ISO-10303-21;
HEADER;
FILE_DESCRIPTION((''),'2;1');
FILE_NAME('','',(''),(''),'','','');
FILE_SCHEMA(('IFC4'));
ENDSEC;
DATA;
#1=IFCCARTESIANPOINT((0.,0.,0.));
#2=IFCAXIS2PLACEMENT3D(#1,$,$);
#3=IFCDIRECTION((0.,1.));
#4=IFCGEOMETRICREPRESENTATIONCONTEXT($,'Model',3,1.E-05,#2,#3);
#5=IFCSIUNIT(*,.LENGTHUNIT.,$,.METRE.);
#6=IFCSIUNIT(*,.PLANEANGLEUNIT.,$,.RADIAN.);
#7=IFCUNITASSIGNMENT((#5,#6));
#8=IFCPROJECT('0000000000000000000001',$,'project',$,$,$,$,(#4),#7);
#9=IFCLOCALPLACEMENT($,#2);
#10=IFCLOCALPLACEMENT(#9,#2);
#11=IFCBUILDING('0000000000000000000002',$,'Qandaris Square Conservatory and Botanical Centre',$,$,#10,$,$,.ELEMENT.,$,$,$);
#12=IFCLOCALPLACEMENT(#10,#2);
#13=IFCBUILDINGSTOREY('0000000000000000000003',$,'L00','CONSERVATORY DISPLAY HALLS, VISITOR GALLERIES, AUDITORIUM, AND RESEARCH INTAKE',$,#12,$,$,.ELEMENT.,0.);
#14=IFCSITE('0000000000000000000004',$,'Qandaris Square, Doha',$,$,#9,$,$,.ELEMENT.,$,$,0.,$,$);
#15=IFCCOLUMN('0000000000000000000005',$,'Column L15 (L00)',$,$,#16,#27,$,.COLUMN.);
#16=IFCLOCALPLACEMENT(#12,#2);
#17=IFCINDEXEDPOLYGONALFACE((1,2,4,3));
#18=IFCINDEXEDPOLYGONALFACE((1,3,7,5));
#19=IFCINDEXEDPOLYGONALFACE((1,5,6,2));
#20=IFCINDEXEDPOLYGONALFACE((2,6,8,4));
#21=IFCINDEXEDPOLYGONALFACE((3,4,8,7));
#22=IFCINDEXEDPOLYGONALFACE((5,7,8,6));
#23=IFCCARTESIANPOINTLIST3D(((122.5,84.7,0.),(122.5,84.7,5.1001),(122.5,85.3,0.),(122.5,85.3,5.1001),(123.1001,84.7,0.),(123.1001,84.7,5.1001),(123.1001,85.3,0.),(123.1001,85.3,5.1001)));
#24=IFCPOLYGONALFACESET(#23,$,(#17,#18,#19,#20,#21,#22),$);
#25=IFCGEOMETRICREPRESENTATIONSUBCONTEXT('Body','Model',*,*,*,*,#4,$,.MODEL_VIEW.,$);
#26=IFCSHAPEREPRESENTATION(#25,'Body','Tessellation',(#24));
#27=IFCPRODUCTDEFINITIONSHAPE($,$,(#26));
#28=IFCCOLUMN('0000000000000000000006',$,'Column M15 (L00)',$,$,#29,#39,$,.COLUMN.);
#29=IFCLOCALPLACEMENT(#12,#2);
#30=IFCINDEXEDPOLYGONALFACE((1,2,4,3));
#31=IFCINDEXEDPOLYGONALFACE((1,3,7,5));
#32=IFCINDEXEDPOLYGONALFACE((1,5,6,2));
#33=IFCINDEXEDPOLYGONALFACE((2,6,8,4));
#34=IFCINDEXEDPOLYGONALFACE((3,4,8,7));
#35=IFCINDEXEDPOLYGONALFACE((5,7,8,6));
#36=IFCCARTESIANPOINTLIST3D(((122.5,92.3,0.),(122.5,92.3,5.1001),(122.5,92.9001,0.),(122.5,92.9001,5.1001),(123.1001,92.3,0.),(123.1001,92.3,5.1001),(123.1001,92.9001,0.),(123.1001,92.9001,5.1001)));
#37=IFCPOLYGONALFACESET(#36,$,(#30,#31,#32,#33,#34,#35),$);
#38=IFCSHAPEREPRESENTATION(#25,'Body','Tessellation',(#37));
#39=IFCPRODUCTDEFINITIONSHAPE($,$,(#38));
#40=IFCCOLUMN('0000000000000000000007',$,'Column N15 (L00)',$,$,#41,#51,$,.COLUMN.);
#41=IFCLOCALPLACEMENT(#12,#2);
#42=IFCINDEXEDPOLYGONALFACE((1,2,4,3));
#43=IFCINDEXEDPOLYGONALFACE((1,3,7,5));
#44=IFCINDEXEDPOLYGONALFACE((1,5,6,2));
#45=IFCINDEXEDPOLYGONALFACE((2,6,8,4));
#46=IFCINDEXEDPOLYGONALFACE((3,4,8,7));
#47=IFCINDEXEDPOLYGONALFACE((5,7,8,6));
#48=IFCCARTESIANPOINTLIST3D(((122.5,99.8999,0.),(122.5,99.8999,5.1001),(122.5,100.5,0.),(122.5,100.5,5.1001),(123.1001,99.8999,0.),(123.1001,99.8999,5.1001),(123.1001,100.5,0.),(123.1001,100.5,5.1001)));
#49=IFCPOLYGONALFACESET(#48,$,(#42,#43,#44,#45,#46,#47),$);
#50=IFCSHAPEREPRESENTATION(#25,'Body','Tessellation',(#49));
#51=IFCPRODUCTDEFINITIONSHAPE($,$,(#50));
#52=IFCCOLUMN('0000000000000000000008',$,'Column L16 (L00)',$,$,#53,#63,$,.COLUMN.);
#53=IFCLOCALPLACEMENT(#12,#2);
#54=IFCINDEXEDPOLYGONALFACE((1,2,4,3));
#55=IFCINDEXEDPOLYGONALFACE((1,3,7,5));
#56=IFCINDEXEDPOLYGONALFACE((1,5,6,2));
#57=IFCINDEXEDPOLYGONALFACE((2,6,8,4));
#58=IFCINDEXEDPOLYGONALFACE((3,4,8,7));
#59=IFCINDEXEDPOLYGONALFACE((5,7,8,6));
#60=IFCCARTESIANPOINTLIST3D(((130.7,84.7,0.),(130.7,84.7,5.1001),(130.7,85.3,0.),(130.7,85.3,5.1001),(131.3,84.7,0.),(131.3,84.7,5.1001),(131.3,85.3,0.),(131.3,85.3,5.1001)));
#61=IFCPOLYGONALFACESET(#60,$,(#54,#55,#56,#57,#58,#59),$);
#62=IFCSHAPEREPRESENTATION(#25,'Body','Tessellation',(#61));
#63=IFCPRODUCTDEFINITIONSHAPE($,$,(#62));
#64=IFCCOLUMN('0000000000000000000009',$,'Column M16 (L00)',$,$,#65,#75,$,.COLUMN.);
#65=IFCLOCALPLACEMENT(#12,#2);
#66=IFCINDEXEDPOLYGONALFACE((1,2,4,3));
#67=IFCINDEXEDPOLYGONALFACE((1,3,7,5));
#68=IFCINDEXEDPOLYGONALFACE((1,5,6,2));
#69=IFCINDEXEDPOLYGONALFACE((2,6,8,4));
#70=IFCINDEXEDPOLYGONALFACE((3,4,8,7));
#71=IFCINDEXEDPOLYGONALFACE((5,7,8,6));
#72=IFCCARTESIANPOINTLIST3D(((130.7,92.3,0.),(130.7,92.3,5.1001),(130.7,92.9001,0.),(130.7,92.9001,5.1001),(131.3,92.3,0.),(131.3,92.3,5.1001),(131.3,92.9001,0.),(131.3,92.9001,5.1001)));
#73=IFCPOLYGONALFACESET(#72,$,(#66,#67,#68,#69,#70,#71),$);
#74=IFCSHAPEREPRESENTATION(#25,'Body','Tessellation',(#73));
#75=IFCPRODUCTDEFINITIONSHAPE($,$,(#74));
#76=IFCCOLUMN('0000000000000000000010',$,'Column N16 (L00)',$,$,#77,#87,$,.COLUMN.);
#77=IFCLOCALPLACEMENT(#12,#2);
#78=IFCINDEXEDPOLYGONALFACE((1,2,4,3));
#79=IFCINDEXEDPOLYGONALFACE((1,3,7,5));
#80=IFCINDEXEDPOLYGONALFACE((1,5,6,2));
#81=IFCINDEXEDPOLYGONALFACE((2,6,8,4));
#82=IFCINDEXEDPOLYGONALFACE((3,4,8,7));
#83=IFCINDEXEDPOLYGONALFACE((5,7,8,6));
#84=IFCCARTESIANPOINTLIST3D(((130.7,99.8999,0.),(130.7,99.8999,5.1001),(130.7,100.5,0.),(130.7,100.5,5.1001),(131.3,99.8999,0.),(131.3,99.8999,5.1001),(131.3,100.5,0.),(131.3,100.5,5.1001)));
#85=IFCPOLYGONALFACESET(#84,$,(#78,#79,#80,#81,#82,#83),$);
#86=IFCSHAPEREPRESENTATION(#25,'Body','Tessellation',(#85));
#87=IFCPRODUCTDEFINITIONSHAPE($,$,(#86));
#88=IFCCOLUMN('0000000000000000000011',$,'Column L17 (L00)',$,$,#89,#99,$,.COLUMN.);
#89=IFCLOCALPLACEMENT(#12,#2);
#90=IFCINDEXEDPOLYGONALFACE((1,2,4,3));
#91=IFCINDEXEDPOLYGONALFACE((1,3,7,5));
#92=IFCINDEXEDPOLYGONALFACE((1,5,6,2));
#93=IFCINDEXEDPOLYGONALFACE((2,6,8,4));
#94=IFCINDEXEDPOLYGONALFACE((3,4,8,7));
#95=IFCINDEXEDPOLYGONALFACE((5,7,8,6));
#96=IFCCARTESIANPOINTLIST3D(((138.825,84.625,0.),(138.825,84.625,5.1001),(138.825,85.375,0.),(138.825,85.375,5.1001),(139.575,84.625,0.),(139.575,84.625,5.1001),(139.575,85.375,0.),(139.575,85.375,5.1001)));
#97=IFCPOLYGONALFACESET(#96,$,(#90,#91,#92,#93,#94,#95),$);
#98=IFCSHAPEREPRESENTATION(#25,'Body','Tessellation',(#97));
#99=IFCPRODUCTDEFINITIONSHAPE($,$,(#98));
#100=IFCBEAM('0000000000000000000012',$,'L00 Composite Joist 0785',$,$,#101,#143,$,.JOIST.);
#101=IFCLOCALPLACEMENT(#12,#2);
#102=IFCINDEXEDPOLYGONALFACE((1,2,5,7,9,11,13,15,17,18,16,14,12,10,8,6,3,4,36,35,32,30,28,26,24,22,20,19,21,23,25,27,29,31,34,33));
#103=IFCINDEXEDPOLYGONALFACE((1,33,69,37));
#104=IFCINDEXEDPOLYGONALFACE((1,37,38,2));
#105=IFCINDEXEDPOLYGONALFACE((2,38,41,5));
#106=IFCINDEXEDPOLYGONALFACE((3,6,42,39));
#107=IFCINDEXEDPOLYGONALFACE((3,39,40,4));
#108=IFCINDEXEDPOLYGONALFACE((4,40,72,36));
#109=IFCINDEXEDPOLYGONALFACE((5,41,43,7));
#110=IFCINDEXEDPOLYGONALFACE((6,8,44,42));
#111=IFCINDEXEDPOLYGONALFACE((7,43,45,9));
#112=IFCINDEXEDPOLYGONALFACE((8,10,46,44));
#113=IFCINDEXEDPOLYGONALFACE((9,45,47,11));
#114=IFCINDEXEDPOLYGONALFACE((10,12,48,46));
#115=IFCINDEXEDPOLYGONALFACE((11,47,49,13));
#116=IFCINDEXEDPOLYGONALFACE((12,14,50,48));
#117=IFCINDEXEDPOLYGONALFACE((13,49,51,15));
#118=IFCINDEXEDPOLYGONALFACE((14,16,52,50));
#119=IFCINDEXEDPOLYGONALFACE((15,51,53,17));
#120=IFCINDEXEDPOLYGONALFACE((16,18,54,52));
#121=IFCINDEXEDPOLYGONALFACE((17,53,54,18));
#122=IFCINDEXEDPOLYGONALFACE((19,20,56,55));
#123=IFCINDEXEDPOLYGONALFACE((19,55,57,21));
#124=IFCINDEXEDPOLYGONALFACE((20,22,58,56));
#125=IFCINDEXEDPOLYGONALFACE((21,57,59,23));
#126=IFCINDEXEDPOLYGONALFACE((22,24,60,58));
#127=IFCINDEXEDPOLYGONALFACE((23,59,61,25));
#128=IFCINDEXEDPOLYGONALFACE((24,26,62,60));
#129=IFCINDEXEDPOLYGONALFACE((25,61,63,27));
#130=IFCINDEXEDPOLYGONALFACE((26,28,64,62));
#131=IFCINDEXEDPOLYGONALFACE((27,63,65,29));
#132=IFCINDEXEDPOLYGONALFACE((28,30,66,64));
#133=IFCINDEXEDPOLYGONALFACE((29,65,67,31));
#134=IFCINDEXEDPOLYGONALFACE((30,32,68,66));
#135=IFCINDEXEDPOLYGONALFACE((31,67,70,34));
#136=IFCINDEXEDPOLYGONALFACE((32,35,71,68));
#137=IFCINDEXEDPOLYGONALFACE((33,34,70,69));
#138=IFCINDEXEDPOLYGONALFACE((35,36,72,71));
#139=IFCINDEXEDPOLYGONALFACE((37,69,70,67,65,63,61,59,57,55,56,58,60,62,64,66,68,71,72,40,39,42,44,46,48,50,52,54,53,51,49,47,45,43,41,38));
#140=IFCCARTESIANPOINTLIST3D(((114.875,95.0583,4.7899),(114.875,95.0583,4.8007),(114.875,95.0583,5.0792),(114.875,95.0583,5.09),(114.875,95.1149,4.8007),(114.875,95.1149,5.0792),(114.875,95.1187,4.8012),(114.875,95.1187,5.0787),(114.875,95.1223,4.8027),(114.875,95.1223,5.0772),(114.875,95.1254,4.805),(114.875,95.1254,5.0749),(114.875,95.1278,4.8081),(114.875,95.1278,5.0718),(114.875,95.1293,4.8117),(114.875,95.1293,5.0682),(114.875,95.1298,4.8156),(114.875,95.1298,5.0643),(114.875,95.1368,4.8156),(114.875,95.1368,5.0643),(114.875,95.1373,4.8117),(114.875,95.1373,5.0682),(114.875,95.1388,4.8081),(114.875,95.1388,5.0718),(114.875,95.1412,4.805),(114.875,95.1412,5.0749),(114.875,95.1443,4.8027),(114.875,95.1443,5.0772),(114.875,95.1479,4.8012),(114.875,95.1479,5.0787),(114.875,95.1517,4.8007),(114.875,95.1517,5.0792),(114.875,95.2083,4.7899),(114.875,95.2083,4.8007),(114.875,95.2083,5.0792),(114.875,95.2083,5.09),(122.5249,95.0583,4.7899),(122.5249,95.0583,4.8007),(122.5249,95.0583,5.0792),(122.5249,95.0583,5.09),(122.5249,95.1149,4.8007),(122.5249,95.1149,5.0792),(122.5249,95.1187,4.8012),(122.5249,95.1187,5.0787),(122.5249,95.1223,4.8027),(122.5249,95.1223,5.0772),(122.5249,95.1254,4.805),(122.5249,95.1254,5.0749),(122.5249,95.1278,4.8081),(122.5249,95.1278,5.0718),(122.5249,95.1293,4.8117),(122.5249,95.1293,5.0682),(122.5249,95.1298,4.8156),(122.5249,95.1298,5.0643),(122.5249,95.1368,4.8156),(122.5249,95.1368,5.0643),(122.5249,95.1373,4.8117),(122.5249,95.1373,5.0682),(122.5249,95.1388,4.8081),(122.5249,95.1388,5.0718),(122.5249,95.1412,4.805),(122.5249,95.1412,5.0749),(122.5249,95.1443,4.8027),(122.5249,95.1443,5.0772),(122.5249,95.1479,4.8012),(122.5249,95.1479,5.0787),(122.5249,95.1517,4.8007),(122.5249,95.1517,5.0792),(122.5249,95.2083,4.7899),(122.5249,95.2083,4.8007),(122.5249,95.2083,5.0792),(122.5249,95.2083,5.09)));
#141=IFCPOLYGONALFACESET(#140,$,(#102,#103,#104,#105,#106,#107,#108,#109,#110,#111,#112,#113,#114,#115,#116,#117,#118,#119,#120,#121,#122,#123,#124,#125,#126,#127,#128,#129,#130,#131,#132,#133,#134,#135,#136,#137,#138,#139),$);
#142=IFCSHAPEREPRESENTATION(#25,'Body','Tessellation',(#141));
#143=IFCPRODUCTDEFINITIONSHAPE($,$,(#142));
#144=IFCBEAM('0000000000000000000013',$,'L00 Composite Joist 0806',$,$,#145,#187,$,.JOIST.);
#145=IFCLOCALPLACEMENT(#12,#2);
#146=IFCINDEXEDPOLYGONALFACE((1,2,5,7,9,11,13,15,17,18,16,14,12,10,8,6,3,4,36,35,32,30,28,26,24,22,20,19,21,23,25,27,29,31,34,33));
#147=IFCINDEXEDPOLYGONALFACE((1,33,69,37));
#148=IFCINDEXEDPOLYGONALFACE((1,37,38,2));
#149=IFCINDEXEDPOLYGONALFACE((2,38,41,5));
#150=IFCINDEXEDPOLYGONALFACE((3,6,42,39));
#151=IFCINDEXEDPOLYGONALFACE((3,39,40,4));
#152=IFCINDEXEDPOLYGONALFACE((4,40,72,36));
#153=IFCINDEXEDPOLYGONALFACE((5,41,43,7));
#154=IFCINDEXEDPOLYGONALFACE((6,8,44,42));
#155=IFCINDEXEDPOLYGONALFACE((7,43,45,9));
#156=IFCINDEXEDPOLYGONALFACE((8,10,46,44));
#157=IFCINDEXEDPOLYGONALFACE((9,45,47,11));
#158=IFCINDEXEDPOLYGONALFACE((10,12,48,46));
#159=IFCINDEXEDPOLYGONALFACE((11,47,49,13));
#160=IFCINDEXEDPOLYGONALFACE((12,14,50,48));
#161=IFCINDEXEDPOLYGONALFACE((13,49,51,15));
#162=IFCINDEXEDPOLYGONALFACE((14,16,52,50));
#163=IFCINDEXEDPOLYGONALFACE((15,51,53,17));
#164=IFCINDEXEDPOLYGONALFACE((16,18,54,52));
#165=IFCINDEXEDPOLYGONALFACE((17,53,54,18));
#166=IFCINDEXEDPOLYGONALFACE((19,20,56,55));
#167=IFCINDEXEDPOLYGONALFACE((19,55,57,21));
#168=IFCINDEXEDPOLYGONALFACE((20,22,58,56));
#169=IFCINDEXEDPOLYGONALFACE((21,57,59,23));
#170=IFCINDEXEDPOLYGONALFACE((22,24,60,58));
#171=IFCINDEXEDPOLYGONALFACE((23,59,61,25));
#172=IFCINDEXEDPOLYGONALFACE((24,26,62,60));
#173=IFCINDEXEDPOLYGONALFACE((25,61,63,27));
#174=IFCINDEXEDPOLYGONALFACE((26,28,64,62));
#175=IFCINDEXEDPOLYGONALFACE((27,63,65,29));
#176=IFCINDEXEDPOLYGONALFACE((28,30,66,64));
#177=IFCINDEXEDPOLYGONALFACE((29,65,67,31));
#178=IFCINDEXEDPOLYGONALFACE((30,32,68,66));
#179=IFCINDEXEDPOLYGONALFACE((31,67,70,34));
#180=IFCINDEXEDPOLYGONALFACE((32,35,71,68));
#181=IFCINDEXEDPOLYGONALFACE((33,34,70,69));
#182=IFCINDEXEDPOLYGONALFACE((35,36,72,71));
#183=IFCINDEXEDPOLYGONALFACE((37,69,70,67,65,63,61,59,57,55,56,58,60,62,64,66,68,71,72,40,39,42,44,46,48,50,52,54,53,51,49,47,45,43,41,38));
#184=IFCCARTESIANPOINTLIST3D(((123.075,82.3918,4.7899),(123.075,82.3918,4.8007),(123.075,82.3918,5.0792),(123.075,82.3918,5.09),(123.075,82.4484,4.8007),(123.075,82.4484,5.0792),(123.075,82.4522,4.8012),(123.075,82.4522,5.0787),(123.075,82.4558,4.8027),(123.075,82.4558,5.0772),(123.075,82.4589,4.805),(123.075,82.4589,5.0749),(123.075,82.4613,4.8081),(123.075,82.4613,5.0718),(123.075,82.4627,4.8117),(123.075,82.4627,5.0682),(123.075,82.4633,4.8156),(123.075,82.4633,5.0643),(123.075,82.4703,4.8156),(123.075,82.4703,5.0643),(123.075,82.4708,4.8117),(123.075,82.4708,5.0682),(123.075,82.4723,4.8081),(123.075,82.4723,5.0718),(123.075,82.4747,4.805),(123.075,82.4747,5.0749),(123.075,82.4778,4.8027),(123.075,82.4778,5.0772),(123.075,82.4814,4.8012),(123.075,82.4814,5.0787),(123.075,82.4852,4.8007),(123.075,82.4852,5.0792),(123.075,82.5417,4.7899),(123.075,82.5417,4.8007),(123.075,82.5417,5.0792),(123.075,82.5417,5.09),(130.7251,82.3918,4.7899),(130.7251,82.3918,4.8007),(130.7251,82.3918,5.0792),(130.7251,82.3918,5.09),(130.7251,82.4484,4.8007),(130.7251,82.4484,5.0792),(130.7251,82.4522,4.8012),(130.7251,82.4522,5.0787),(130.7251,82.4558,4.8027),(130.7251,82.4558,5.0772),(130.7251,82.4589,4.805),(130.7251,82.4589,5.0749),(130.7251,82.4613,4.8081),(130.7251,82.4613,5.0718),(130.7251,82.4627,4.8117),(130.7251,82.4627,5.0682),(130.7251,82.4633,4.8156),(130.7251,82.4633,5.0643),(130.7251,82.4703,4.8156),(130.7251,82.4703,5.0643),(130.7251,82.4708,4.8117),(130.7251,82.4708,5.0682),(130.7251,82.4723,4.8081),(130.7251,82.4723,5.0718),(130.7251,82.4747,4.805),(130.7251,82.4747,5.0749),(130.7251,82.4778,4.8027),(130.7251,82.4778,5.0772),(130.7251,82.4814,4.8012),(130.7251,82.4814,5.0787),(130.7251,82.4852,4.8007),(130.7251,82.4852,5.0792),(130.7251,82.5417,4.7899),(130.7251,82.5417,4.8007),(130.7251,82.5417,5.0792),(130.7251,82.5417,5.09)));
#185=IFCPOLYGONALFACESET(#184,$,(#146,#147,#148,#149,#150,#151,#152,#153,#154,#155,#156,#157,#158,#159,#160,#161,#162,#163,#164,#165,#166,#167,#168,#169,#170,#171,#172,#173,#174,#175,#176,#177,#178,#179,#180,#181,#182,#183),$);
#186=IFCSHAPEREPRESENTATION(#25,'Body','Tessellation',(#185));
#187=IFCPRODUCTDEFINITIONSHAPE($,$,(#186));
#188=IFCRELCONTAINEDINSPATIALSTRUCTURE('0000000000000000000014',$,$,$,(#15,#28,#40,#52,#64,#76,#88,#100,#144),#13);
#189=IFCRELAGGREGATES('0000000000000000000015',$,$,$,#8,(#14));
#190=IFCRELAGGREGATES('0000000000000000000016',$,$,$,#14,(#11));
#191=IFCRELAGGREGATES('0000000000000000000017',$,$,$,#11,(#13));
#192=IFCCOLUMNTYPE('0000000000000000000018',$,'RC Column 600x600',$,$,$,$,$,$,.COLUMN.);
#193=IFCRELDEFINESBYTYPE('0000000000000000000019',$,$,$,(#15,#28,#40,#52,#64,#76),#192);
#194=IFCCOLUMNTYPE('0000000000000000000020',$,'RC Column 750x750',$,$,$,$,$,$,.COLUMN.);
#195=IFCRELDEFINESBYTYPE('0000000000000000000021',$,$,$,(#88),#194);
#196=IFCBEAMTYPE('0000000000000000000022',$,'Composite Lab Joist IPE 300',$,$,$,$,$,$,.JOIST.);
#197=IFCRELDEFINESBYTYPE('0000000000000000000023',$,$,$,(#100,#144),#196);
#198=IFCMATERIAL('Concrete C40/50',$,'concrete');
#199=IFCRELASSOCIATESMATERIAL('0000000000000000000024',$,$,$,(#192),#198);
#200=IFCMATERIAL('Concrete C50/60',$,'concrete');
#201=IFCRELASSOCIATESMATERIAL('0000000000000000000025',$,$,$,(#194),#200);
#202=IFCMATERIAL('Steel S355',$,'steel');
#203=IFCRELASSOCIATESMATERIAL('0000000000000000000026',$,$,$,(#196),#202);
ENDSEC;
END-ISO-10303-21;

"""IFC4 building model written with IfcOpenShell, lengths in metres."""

from ifc_helpers import new_model, si_unit, direction, frame, origin, origin_2d, place, context, subcontext, project, spatial, rectangle, i_section, extrude, material, material_profile, profile_set, type_object, element, save


model = new_model("IFC4")

# Units and contexts
model_context = context("Model", 3, precision=1e-05, world=origin(), true_north=direction((0.0, 1.0)))
body_context = subcontext(model_context, "Body", "Model", "MODEL_VIEW")
ifc_project = project(units=[si_unit("LENGTHUNIT", "METRE"), si_unit("PLANEANGLEUNIT", "RADIAN")], contexts=[model_context])

# Site, building, storey
site_placement = place(None, origin())
site = spatial("IfcSite", under=ifc_project, at=site_placement, Name="Qandaris Square, Doha", CompositionType="ELEMENT", RefElevation=0.0)
building_placement = place(site_placement, origin())
building = spatial("IfcBuilding", under=site, at=building_placement, Name="Qandaris Square Conservatory and Botanical Centre", CompositionType="ELEMENT")
storey_placement = place(building_placement, origin())
storey = spatial("IfcBuildingStorey", under=building, at=storey_placement, Name="L00", Description="CONSERVATORY DISPLAY HALLS, VISITOR GALLERIES, AUDITORIUM, AND RESEARCH INTAKE", CompositionType="ELEMENT", Elevation=0.0)

# Columns
ifc_material_1 = material(Name="Concrete C40/50", Category="concrete")
ifc_material_profile_1 = material_profile(ifc_material_1, rectangle(XDim=0.6001, YDim=0.6001, at=origin_2d()), Name="RC-COL 600x600")
ifc_profile_set_1 = profile_set([ifc_material_profile_1], Name="Concrete C40/50")
column_type_1 = type_object("IfcColumnType", Name="RC Column 600x600", PredefinedType="COLUMN", material=ifc_profile_set_1)
for number, where, z_axis, x_axis, name in (
    (1, (122.8, 85.0, 0.0), (0.0, 0.0, 1.0), (1.0, 0.0, 0.0), "Column L15 (L00)"),
    (2, (122.8, 92.6001, 0.0), (0.0, 0.0, 1.0), (1.0, 0.0, 0.0), "Column M15 (L00)"),
    (3, (122.8, 100.2, 0.0), (0.0, 0.0, 1.0), (1.0, 0.0, 0.0), "Column N15 (L00)"),
    (4, (131.0, 85.0, 0.0), (0.0, 0.0, 1.0), (1.0, 0.0, 0.0), "Column L16 (L00)"),
    (5, (131.0, 92.6001, 0.0), (0.0, 0.0, 1.0), (1.0, 0.0, 0.0), "Column M16 (L00)"),
    (6, (131.0, 100.2, 0.0), (0.0, 0.0, 1.0), (1.0, 0.0, 0.0), "Column N16 (L00)"),
):
    element("IfcColumn", number, at=place(storey_placement, frame(where, z_axis=z_axis, x_axis=x_axis)), inside=storey, type_object=column_type_1, Name=name, PredefinedType="COLUMN", context=body_context, shape_type="SweptSolid", body=[
        extrude(rectangle(XDim=0.6001, YDim=0.6001, at=origin_2d()), origin(), (0.0, 0.0, 1.0), 5.1001),
    ])
ifc_material_2 = material(Name="Concrete C50/60", Category="concrete")
ifc_material_profile_2 = material_profile(ifc_material_2, rectangle(XDim=0.75, YDim=0.75, at=origin_2d()), Name="RC-COL 750x750")
ifc_profile_set_2 = profile_set([ifc_material_profile_2], Name="Concrete C50/60")
column_type_2 = type_object("IfcColumnType", Name="RC Column 750x750", PredefinedType="COLUMN", material=ifc_profile_set_2)
column_placement = place(storey_placement, frame((139.2, 85.0, 0.0), z_axis=(0.0, 0.0, 1.0), x_axis=(1.0, 0.0, 0.0)))
element("IfcColumn", 7, at=column_placement, inside=storey, type_object=column_type_2, Name="Column L17 (L00)", PredefinedType="COLUMN", context=body_context, shape_type="SweptSolid", body=[
    extrude(rectangle(XDim=0.75, YDim=0.75, at=origin_2d()), origin(), (0.0, 0.0, 1.0), 5.1001),
])

# Beams
ifc_material_3 = material(Name="Steel S355", Category="steel")
ifc_material_profile_3 = material_profile(ifc_material_3, i_section(OverallWidth=0.1499, OverallDepth=0.3, WebThickness=0.0071, FlangeThickness=0.0107, FilletRadius=0.0149, at=origin_2d()), Name="IPE 300")
ifc_profile_set_3 = profile_set([ifc_material_profile_3], Name="Steel S355")
beam_type_1 = type_object("IfcBeamType", Name="Composite Lab Joist IPE 300", PredefinedType="JOIST", material=ifc_profile_set_3)
beam_1_placement = place(storey_placement, frame((114.875, 95.1333, 4.9399), z_axis=(1.0, 0.0, 0.0), x_axis=(0.0, 1.0, 0.0)))
element("IfcBeam", 8, at=beam_1_placement, inside=storey, type_object=beam_type_1, Name="L00 Composite Joist 0785", PredefinedType="JOIST", context=body_context, shape_type="SweptSolid", body=[
    extrude(i_section(OverallWidth=0.1499, OverallDepth=0.3, WebThickness=0.0071, FlangeThickness=0.0107, FilletRadius=0.0149, at=origin_2d()), origin(), (0.0, 0.0, 1.0), 7.6499),
])
for number, where, z_axis, x_axis, name in (
    (9, (123.075, 82.4668, 4.9399), (1.0, 0.0, 0.0), (0.0, 1.0, 0.0), "L00 Composite Joist 0806"),
):
    element("IfcBeam", number, at=place(storey_placement, frame(where, z_axis=z_axis, x_axis=x_axis)), inside=storey, type_object=beam_type_1, Name=name, PredefinedType="JOIST", context=body_context, shape_type="SweptSolid", body=[
        extrude(i_section(OverallWidth=0.1499, OverallDepth=0.3, WebThickness=0.0071, FlangeThickness=0.0107, FilletRadius=0.0149, at=origin_2d()), origin(), (0.0, 0.0, 1.0), 7.6501),
    ])

save(model, "model.ifc")
